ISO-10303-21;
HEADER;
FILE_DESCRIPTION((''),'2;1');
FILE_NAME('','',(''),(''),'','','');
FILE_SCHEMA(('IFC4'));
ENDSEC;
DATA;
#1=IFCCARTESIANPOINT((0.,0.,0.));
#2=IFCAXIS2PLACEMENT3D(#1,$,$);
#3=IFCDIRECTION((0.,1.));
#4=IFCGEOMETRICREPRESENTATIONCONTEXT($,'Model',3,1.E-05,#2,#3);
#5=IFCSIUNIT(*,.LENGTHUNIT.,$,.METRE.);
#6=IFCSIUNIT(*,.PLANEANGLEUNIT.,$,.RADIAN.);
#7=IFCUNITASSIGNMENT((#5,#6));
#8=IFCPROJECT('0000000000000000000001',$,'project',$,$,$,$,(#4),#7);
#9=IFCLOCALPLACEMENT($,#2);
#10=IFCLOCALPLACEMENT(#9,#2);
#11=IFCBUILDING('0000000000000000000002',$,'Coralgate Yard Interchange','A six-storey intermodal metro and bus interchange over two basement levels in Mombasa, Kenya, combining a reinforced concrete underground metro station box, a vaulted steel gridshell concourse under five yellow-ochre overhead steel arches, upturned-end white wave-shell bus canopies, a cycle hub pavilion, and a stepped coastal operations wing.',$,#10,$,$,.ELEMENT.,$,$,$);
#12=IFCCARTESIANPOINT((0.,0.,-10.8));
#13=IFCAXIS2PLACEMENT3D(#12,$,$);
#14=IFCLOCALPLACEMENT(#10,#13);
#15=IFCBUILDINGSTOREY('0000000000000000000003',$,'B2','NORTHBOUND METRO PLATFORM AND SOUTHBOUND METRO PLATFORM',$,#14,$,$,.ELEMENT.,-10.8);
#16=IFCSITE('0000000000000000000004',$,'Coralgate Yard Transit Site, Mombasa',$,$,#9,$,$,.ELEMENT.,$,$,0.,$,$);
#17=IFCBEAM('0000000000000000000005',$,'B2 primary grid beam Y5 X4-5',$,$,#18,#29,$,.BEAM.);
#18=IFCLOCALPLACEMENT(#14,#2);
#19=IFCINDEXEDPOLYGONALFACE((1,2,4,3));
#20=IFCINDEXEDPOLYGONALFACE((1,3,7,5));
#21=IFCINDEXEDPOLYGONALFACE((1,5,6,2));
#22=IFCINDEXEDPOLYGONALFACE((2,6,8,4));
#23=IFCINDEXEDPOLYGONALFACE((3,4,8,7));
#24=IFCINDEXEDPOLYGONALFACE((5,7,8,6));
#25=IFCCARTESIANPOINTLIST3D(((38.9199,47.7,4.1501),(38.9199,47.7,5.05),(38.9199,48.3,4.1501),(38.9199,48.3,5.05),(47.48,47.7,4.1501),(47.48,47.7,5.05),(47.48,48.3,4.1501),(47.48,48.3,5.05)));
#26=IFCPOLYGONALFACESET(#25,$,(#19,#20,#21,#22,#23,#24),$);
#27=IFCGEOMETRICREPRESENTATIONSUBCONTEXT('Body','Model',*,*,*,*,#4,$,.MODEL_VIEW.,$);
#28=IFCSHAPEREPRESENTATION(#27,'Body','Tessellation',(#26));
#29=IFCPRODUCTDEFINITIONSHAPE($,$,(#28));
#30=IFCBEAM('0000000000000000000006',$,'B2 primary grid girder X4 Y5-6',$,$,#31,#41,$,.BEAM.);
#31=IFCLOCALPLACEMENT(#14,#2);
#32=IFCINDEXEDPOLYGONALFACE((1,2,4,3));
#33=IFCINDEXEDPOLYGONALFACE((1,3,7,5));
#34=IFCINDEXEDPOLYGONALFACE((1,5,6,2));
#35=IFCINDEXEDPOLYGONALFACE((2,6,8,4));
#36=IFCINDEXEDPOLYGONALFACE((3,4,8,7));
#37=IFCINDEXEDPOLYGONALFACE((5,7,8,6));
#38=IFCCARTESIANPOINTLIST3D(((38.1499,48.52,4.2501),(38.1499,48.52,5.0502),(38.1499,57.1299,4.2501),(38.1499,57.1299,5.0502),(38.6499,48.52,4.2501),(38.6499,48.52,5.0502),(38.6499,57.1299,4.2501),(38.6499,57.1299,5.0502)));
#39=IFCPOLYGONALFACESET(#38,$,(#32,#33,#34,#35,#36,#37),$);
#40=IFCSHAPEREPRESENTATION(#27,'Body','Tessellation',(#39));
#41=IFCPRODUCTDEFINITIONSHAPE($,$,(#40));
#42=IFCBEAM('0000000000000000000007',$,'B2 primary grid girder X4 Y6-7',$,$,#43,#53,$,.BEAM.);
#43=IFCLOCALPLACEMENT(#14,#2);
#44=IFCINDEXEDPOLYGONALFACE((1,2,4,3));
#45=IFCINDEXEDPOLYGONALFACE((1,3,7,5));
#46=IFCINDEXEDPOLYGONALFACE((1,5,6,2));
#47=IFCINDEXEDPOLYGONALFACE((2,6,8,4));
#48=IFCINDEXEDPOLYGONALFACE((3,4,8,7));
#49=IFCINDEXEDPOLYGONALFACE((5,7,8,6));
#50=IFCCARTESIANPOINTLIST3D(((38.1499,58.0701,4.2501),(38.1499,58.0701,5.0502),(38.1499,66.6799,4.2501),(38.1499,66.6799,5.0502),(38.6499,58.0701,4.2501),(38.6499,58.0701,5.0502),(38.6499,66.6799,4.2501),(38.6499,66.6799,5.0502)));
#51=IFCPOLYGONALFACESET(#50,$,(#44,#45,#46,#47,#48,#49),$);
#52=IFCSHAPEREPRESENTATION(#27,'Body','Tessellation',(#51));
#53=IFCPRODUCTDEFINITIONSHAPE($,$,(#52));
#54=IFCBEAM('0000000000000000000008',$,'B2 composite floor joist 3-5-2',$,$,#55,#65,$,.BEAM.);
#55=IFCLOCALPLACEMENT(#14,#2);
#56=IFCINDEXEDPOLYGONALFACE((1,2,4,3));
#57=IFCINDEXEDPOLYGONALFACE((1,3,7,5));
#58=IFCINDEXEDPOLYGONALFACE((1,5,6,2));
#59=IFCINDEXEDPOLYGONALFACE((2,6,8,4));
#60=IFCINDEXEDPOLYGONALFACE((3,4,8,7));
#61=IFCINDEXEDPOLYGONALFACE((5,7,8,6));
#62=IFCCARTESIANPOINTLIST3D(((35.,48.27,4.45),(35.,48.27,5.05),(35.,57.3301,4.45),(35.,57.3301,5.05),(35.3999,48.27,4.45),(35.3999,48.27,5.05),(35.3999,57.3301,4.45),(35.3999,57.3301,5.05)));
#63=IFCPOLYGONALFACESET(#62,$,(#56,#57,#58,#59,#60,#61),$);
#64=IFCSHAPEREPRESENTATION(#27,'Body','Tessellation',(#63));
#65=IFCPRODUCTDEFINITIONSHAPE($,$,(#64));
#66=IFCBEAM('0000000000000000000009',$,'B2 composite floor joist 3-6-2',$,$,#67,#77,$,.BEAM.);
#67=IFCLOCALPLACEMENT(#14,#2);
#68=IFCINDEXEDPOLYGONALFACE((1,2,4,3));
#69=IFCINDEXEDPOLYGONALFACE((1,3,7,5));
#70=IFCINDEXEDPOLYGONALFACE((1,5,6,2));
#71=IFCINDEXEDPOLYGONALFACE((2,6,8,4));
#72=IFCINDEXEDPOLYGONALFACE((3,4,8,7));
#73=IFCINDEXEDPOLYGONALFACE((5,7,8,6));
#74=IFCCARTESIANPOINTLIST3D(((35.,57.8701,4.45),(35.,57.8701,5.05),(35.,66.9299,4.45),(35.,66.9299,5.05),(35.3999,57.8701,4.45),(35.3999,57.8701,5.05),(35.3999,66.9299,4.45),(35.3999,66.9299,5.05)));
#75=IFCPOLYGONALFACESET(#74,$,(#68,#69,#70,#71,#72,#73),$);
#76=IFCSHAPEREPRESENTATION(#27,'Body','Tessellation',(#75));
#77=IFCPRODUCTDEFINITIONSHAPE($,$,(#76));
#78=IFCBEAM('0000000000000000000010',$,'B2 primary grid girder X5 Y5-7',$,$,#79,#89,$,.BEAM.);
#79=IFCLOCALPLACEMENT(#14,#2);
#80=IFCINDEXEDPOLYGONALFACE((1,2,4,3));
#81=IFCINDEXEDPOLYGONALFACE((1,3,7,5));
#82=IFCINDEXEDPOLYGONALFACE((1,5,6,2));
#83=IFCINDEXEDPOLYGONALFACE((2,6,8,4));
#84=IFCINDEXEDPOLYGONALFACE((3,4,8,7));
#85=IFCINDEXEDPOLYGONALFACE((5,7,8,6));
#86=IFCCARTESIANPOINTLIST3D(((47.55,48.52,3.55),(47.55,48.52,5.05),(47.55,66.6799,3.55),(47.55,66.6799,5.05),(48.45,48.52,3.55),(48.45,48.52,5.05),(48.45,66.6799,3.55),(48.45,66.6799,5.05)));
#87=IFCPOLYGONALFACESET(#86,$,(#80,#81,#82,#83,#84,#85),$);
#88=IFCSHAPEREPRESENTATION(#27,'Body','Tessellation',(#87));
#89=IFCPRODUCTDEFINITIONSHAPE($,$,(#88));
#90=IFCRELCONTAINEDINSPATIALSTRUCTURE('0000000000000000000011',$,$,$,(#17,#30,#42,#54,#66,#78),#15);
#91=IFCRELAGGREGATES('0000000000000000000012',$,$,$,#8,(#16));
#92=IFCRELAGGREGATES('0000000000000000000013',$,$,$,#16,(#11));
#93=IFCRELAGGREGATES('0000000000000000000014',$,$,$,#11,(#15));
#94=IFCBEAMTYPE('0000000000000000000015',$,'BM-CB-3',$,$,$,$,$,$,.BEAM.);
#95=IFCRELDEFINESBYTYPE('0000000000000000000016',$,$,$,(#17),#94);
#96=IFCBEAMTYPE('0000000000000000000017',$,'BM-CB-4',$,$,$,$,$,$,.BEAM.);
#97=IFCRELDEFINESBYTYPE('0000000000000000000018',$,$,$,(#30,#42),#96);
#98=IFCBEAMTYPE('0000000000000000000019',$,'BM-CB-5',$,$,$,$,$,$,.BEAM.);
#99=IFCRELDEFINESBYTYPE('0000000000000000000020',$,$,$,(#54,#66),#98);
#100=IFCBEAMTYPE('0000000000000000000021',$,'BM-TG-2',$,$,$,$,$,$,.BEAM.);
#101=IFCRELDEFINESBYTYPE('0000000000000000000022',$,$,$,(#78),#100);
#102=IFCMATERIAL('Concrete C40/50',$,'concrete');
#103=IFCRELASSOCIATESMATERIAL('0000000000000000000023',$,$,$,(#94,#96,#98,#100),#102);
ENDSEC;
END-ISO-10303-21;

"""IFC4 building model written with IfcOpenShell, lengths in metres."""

from ifc_helpers import new_model, si_unit, direction, frame, origin, origin_2d, place, context, subcontext, project, spatial, rectangle, extrude, material, material_profile, profile_set, type_object, element, save


model = new_model("IFC4")

# Units and contexts
model_context = context("Model", 3, precision=1e-05, world=origin(), true_north=direction((0.0, 1.0)))
body_context = subcontext(model_context, "Body", "Model", "MODEL_VIEW")
ifc_project = project(units=[si_unit("LENGTHUNIT", "METRE"), si_unit("PLANEANGLEUNIT", "RADIAN")], contexts=[model_context])

# Site, building, storey
site_placement = place(None, origin())
site = spatial("IfcSite", under=ifc_project, at=site_placement, Name="Coralgate Yard Transit Site, Mombasa", CompositionType="ELEMENT", RefElevation=0.0)
building_placement = place(site_placement, origin())
building = spatial("IfcBuilding", under=site, at=building_placement, Name="Coralgate Yard Interchange", Description="A six-storey intermodal metro and bus interchange over two basement levels in Mombasa, Kenya, combining a reinforced concrete underground metro station box, a vaulted steel gridshell concourse under five yellow-ochre overhead steel arches, upturned-end white wave-shell bus canopies, a cycle hub pavilion, and a stepped coastal operations wing.", CompositionType="ELEMENT")
storey_placement = place(building_placement, frame((0.0, 0.0, -10.8)))
storey = spatial("IfcBuildingStorey", under=building, at=storey_placement, Name="B2", Description="NORTHBOUND METRO PLATFORM AND SOUTHBOUND METRO PLATFORM", CompositionType="ELEMENT", Elevation=-10.8)

# Shared definitions
ifc_material_1 = material(Name="Concrete C40/50", Category="concrete")

# Beams
ifc_material_profile_1 = material_profile(ifc_material_1, rectangle(XDim=0.6001, YDim=0.8999, at=origin_2d()), Name="RC 600x900")
ifc_profile_set_1 = profile_set([ifc_material_profile_1], Name="Concrete C40/50")
beam_type_1 = type_object("IfcBeamType", Name="BM-CB-3", PredefinedType="BEAM", material=ifc_profile_set_1)
beam_1_placement = place(storey_placement, frame((38.9199, 48.0, 4.6001), z_axis=(1.0, 0.0, 0.0), x_axis=(0.0, 1.0, 0.0)))
element("IfcBeam", 1, at=beam_1_placement, inside=storey, type_object=beam_type_1, Name="B2 primary grid beam Y5 X4-5", PredefinedType="BEAM", context=body_context, shape_type="SweptSolid", body=[
    extrude(rectangle(XDim=0.6001, YDim=0.8999, at=origin_2d()), origin(), (0.0, 0.0, 1.0), 8.5601),
])
ifc_material_profile_2 = material_profile(ifc_material_1, rectangle(XDim=0.5, YDim=0.8, at=origin_2d()), Name="RC 500x800")
ifc_profile_set_2 = profile_set([ifc_material_profile_2], Name="Concrete C40/50")
beam_type_2 = type_object("IfcBeamType", Name="BM-CB-4", PredefinedType="BEAM", material=ifc_profile_set_2)
for number, where, z_axis, x_axis, name in (
    (2, (38.3999, 48.52, 4.6501), (0.0, 1.0, 0.0), (-1.0, 0.0, 0.0), "B2 primary grid girder X4 Y5-6"),
    (3, (38.3999, 58.0701, 4.6501), (0.0, 1.0, 0.0), (-1.0, 0.0, 0.0), "B2 primary grid girder X4 Y6-7"),
):
    element("IfcBeam", number, at=place(storey_placement, frame(where, z_axis=z_axis, x_axis=x_axis)), inside=storey, type_object=beam_type_2, Name=name, PredefinedType="BEAM", context=body_context, shape_type="SweptSolid", body=[
        extrude(rectangle(XDim=0.5, YDim=0.8, at=origin_2d()), origin(), (0.0, 0.0, 1.0), 8.6099),
    ])
ifc_material_profile_3 = material_profile(ifc_material_1, rectangle(XDim=0.3999, YDim=0.6001, at=origin_2d()), Name="RC 400x600")
ifc_profile_set_3 = profile_set([ifc_material_profile_3], Name="Concrete C40/50")
beam_type_3 = type_object("IfcBeamType", Name="BM-CB-5", PredefinedType="BEAM", material=ifc_profile_set_3)
beam_2_placement = place(storey_placement, frame((35.2, 48.27, 4.75), z_axis=(0.0, 1.0, 0.0), x_axis=(-1.0, 0.0, 0.0)))
element("IfcBeam", 4, at=beam_2_placement, inside=storey, type_object=beam_type_3, Name="B2 composite floor joist 3-5-2", PredefinedType="BEAM", context=body_context, shape_type="SweptSolid", body=[
    extrude(rectangle(XDim=0.3999, YDim=0.6001, at=origin_2d()), origin(), (0.0, 0.0, 1.0), 9.0601),
])
beam_3_placement = place(storey_placement, frame((35.2, 57.8701, 4.75), z_axis=(0.0, 1.0, 0.0), x_axis=(-1.0, 0.0, 0.0)))
element("IfcBeam", 5, at=beam_3_placement, inside=storey, type_object=beam_type_3, Name="B2 composite floor joist 3-6-2", PredefinedType="BEAM", context=body_context, shape_type="SweptSolid", body=[
    extrude(rectangle(XDim=0.3999, YDim=0.6001, at=origin_2d()), origin(), (0.0, 0.0, 1.0), 9.0598),
])
ifc_material_profile_4 = material_profile(ifc_material_1, rectangle(XDim=0.8999, YDim=1.5, at=origin_2d()), Name="RC 900x1500")
ifc_profile_set_4 = profile_set([ifc_material_profile_4], Name="Concrete C40/50")
beam_type_4 = type_object("IfcBeamType", Name="BM-TG-2", PredefinedType="BEAM", material=ifc_profile_set_4)
beam_4_placement = place(storey_placement, frame((48.0, 48.52, 4.3), z_axis=(0.0, 1.0, 0.0), x_axis=(-1.0, 0.0, 0.0)))
element("IfcBeam", 6, at=beam_4_placement, inside=storey, type_object=beam_type_4, Name="B2 primary grid girder X5 Y5-7", PredefinedType="BEAM", context=body_context, shape_type="SweptSolid", body=[
    extrude(rectangle(XDim=0.8999, YDim=1.5, at=origin_2d()), origin(), (0.0, 0.0, 1.0), 18.1599),
])

save(model, "model.ifc")
